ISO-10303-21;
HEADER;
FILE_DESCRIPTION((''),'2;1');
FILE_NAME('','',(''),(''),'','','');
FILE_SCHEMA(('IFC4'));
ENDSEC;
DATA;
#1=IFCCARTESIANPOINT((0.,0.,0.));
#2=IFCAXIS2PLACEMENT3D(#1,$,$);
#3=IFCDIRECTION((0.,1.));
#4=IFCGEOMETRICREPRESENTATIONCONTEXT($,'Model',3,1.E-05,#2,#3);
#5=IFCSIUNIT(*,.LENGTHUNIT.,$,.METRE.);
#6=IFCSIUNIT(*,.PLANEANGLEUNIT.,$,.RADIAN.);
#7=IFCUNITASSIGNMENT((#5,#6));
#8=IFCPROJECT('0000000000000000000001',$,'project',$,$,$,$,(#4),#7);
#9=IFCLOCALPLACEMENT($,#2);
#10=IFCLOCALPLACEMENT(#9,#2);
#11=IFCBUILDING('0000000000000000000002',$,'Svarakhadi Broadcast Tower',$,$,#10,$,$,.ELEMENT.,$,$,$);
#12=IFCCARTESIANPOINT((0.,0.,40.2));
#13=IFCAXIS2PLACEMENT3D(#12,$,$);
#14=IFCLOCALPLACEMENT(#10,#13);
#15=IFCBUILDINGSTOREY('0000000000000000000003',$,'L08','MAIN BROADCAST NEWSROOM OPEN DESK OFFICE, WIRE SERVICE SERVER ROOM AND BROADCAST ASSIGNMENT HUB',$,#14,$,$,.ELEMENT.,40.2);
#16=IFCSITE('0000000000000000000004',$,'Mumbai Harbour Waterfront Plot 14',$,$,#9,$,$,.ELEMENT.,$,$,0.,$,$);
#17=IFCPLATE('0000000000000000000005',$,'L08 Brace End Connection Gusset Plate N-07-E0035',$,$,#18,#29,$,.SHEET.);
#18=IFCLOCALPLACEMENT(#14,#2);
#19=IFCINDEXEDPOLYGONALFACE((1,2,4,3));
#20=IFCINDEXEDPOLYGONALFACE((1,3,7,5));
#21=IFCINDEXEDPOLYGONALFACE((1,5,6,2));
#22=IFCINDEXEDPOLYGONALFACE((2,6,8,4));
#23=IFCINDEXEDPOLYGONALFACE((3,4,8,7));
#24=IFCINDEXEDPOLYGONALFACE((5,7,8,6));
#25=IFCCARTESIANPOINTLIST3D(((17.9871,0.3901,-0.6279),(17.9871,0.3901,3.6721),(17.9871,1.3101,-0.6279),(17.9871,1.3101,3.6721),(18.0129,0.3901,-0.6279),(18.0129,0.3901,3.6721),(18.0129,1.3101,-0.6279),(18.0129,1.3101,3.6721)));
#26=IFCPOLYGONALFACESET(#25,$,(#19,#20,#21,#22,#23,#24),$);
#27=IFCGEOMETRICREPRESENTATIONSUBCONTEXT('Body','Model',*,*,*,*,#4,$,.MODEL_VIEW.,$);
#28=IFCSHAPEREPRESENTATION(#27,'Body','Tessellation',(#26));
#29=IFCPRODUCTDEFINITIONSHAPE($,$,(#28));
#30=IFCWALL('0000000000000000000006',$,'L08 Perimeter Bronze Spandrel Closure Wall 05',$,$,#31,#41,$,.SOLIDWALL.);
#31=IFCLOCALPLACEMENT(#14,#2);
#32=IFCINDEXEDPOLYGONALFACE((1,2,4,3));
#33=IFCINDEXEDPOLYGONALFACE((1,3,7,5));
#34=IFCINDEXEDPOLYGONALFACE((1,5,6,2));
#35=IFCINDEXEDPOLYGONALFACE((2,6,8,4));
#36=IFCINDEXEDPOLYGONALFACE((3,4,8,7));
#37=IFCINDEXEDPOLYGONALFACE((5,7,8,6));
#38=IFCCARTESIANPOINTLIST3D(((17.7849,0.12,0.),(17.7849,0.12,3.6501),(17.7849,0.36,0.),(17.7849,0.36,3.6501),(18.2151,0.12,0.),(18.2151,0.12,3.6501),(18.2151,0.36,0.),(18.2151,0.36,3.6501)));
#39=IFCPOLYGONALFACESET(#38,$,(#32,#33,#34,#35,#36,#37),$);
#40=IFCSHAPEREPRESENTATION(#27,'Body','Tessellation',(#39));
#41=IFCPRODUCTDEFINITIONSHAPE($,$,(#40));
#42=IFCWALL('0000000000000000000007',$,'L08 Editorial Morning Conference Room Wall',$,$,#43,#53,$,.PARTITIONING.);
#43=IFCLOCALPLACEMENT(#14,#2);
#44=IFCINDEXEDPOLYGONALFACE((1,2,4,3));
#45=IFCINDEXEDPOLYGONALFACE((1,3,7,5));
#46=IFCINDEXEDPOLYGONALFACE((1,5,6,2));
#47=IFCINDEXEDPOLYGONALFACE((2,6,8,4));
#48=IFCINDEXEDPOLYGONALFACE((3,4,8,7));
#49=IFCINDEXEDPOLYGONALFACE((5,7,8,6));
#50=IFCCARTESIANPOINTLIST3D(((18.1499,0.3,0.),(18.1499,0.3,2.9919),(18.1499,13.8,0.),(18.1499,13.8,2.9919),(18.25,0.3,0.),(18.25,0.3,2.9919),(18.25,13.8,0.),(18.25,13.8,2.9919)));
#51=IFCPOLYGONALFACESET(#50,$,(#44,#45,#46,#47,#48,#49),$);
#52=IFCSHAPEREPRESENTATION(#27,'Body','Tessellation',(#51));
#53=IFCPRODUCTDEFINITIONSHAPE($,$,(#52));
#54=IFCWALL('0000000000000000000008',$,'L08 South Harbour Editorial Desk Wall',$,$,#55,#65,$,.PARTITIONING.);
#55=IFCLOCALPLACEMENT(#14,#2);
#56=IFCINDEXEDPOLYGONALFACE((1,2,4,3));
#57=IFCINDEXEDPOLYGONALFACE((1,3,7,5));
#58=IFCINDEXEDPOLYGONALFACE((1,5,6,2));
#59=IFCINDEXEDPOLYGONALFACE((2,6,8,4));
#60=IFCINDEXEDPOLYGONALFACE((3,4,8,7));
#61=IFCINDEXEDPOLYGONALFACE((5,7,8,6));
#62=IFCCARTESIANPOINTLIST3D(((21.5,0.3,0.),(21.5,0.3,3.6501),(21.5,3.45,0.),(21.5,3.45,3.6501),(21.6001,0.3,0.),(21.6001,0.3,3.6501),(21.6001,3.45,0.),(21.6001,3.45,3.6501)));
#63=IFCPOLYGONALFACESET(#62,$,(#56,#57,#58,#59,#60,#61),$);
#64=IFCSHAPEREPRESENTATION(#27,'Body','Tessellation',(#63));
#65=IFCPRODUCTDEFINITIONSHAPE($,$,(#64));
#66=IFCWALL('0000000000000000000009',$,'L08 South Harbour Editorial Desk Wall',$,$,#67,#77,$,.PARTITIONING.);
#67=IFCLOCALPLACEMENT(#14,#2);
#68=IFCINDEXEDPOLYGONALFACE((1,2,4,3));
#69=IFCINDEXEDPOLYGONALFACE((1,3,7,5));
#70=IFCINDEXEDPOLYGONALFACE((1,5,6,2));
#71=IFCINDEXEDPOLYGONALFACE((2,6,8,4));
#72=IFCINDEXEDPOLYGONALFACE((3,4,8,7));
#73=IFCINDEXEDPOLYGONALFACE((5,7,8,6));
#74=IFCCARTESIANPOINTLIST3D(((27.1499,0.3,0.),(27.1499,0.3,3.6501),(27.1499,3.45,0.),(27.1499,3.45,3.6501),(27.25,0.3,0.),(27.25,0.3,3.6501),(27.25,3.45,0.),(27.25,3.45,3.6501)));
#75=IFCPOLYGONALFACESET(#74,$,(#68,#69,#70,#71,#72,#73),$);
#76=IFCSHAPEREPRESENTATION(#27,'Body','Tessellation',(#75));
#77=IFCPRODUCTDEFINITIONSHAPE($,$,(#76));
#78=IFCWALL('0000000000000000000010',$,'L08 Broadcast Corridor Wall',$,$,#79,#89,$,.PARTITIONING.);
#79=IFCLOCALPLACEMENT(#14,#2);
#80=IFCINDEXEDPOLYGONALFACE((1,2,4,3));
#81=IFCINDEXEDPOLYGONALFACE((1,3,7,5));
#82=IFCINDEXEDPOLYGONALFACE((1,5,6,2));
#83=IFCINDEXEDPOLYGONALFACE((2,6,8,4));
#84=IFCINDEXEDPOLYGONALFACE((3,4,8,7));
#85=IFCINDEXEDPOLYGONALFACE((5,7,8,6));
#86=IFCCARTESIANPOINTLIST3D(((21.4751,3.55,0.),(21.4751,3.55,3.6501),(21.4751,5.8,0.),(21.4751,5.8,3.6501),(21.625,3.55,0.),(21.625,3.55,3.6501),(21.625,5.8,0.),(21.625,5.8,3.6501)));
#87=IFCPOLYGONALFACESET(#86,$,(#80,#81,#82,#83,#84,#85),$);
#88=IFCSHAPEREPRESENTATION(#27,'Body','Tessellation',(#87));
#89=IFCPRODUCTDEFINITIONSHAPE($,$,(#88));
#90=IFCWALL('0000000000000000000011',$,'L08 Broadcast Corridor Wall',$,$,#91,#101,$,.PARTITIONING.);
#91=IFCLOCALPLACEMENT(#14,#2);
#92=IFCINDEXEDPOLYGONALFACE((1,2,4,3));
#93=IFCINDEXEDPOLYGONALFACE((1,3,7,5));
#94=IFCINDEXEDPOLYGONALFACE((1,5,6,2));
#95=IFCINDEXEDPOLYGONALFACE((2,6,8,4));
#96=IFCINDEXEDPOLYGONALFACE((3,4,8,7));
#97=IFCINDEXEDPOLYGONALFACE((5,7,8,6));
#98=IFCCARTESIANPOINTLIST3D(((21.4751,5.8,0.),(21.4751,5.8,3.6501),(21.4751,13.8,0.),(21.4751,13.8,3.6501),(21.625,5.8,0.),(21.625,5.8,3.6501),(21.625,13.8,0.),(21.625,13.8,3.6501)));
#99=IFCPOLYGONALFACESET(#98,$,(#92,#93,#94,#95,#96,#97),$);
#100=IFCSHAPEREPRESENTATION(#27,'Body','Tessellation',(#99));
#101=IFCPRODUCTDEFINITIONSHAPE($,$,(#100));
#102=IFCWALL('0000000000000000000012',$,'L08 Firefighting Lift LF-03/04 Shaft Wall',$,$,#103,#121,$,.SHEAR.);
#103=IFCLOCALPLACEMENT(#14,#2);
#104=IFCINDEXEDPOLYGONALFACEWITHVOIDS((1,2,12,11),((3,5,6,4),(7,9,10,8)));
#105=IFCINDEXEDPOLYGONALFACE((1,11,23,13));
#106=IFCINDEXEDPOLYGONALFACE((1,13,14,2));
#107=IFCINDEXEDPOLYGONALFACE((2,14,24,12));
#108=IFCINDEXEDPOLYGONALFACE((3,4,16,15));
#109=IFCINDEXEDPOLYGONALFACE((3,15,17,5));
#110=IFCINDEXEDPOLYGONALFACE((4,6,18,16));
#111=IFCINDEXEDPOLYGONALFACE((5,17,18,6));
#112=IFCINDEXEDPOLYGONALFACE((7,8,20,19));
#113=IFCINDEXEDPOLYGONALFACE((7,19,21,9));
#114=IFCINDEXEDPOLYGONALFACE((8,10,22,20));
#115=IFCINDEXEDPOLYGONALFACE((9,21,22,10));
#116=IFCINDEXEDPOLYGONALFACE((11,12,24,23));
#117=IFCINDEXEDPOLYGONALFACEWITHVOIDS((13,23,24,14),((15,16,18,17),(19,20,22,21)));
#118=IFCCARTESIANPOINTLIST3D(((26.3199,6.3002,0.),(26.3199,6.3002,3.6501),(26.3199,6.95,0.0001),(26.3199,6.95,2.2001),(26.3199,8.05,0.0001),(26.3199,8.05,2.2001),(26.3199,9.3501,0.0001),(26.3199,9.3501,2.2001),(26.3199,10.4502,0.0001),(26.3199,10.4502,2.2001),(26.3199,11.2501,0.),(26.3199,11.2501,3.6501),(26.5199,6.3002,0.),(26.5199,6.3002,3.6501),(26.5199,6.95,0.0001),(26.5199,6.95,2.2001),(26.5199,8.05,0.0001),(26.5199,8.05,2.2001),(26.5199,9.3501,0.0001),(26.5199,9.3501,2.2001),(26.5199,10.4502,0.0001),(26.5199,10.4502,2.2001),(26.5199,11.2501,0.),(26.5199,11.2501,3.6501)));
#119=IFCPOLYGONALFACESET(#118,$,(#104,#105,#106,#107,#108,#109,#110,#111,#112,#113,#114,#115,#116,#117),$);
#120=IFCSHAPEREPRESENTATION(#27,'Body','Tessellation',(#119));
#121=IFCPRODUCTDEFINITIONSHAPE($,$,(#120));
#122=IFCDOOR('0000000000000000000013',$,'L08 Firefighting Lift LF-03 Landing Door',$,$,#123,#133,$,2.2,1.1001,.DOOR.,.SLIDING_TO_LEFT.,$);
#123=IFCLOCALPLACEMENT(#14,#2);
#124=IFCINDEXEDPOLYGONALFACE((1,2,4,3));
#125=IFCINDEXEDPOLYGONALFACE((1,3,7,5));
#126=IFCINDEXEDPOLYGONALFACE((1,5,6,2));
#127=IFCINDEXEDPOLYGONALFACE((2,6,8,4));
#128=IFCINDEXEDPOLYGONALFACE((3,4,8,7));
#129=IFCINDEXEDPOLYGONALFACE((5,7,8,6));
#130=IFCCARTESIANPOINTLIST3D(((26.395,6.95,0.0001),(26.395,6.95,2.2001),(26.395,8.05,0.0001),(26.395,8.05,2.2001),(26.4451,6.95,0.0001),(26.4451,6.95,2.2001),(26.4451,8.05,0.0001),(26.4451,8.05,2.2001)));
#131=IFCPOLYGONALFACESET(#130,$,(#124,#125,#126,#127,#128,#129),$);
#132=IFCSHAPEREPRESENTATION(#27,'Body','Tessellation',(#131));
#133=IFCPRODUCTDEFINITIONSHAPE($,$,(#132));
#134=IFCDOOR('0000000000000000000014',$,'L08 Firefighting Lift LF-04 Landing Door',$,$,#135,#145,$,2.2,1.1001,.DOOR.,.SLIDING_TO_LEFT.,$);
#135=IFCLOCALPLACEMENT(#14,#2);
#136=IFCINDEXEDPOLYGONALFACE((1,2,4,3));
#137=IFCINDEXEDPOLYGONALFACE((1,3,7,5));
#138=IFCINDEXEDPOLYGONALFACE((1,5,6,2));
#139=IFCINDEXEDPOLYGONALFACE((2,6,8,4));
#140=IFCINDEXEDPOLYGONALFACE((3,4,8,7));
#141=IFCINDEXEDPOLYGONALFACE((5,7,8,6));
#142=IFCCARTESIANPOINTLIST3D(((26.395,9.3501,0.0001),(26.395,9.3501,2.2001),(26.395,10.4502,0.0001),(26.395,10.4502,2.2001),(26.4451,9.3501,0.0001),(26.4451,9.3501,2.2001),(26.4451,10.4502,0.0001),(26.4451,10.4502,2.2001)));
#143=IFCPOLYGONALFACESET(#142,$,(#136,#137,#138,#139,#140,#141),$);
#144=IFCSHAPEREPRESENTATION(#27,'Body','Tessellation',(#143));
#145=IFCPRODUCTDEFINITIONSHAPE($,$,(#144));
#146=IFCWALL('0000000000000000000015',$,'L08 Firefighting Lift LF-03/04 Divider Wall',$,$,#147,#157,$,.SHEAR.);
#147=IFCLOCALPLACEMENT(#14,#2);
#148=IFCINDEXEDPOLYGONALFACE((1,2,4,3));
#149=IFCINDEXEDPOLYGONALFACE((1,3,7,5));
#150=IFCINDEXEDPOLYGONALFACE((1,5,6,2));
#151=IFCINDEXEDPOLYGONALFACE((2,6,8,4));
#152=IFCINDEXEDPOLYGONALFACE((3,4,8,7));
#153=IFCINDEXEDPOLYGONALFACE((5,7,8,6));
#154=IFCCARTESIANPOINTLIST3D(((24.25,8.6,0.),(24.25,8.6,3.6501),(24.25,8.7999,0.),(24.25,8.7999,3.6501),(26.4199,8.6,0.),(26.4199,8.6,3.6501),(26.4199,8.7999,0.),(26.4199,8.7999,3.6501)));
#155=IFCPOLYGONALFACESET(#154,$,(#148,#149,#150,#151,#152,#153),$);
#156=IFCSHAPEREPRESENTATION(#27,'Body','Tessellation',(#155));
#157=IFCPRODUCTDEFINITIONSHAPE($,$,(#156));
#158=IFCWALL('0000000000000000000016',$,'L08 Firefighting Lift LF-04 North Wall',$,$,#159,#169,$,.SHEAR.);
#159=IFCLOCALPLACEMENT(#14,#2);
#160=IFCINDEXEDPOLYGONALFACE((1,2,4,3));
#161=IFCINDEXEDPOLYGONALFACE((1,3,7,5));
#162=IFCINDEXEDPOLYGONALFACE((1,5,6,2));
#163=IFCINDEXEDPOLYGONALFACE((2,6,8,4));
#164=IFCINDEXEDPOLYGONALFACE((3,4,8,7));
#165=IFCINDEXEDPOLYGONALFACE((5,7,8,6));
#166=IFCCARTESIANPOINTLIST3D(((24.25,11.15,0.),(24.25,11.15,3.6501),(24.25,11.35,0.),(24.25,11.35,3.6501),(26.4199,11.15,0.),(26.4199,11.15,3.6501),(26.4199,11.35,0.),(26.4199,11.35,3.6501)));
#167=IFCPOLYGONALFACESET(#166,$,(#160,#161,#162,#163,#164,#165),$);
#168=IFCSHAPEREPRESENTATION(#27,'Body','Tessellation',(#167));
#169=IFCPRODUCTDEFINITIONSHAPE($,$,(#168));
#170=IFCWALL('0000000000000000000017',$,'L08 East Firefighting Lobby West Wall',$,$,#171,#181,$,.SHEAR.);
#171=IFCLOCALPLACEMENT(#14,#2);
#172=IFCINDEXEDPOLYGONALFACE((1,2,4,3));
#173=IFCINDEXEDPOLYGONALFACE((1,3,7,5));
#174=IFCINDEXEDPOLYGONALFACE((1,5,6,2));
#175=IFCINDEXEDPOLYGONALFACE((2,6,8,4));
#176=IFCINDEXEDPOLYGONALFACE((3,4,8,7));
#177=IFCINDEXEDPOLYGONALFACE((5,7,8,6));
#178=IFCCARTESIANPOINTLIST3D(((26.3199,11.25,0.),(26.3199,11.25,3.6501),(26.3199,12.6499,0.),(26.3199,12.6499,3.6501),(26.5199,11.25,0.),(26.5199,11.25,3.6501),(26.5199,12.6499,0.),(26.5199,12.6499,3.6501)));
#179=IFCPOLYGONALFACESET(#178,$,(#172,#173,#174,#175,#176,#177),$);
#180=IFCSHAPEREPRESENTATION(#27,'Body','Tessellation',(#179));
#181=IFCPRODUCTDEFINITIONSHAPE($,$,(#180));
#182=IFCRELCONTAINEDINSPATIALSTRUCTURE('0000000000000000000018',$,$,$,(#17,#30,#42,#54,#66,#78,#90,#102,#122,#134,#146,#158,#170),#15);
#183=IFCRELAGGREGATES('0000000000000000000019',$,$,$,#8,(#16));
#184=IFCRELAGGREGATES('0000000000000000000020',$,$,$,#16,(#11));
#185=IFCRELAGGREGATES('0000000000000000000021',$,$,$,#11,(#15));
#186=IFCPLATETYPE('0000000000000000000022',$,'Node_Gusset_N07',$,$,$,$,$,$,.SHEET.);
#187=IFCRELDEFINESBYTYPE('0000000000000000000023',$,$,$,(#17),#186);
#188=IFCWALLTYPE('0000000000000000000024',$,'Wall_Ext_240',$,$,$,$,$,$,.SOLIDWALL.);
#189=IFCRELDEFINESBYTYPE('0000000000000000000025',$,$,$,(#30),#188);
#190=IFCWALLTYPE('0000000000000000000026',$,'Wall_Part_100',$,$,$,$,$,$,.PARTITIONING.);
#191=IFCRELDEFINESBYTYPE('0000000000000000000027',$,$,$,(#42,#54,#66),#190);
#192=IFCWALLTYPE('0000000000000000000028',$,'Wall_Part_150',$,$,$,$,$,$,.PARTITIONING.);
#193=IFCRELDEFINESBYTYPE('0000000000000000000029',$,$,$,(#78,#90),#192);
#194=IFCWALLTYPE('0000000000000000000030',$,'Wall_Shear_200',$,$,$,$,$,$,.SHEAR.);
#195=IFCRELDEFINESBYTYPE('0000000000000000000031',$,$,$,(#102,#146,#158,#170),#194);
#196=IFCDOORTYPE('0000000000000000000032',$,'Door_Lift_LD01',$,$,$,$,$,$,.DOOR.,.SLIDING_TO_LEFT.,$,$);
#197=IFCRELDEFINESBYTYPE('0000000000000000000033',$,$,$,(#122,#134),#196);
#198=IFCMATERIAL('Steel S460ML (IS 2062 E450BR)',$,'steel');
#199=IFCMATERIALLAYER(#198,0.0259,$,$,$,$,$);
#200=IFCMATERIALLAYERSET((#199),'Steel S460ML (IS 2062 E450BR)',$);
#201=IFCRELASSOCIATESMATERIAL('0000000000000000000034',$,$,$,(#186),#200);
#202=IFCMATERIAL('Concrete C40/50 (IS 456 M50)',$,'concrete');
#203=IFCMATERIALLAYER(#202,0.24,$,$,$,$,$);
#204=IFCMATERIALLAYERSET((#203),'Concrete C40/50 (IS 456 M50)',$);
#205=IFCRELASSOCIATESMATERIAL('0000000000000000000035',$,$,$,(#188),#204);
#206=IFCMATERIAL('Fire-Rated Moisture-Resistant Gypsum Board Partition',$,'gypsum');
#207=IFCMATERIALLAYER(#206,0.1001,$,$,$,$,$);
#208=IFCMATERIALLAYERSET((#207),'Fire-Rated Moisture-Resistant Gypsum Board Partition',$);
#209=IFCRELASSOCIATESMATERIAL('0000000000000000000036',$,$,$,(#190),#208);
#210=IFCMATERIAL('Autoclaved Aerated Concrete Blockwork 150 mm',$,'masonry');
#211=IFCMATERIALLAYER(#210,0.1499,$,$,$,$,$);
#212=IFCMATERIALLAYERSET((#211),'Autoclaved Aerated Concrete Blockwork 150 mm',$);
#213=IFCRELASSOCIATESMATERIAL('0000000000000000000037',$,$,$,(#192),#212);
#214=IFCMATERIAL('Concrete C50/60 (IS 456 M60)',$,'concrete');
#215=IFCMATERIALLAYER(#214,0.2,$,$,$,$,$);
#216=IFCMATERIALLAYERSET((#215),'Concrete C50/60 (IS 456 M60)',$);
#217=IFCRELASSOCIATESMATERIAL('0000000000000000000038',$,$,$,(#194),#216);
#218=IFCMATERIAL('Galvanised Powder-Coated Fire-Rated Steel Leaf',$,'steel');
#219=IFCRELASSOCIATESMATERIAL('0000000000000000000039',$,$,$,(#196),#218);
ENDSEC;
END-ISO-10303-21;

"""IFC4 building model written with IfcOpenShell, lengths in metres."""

from ifc_helpers import new_model, si_unit, direction, frame, frame_2d, origin, origin_2d, place, context, subcontext, project, spatial, rectangle, extrude, material, layer, layer_set, type_object, element, fill, save


model = new_model("IFC4")

# Units and contexts
model_context = context("Model", 3, precision=1e-05, world=origin(), true_north=direction((0.0, 1.0)))
body_context = subcontext(model_context, "Body", "Model", "MODEL_VIEW")
ifc_project = project(units=[si_unit("LENGTHUNIT", "METRE"), si_unit("PLANEANGLEUNIT", "RADIAN")], contexts=[model_context])

# Site, building, storey
site_placement = place(None, origin())
site = spatial("IfcSite", under=ifc_project, at=site_placement, Name="Mumbai Harbour Waterfront Plot 14", CompositionType="ELEMENT", RefElevation=0.0)
building_placement = place(site_placement, origin())
building = spatial("IfcBuilding", under=site, at=building_placement, Name="Svarakhadi Broadcast Tower", CompositionType="ELEMENT")
storey_placement = place(building_placement, frame((0.0, 0.0, 40.2)))
storey = spatial("IfcBuildingStorey", under=building, at=storey_placement, Name="L08", Description="MAIN BROADCAST NEWSROOM OPEN DESK OFFICE, WIRE SERVICE SERVER ROOM AND BROADCAST ASSIGNMENT HUB", CompositionType="ELEMENT", Elevation=40.2)

# Shared definitions
ifc_material_1 = material(Name="Steel S460ML (IS 2062 E450BR)", Category="steel")

# Plate
ifc_layer_1 = layer(ifc_material_1, 0.0259)
ifc_layer_set_1 = layer_set([ifc_layer_1], Name="Steel S460ML (IS 2062 E450BR)")
plate_type_1 = type_object("IfcPlateType", Name="Node_Gusset_N07", PredefinedType="SHEET", material=ifc_layer_set_1)
plate_1_placement = place(storey_placement, frame((18.0, 0.8501, -0.6279), z_axis=(0.0, 0.0, 1.0), x_axis=(0.0, 1.0, 0.0)))
element("IfcPlate", 1, at=plate_1_placement, inside=storey, type_object=plate_type_1, Name="L08 Brace End Connection Gusset Plate N-07-E0035", PredefinedType="SHEET", context=body_context, shape_type="SweptSolid", body=[
    extrude(rectangle(XDim=0.9199, YDim=0.0259, at=origin_2d()), origin(), (0.0, 0.0, 1.0), 4.3),
])

# Walls
ifc_material_2 = material(Name="Concrete C40/50 (IS 456 M50)", Category="concrete")
ifc_layer_2 = layer(ifc_material_2, 0.24)
ifc_layer_set_2 = layer_set([ifc_layer_2], Name="Concrete C40/50 (IS 456 M50)")
wall_type_1 = type_object("IfcWallType", Name="Wall_Ext_240", PredefinedType="SOLIDWALL", material=ifc_layer_set_2)
wall_1_placement = place(storey_placement, frame((18.2151, 0.24, 0.0), z_axis=(0.0, 0.0, 1.0), x_axis=(-1.0, 0.0, 0.0)))
element("IfcWall", 2, at=wall_1_placement, inside=storey, type_object=wall_type_1, Name="L08 Perimeter Bronze Spandrel Closure Wall 05", PredefinedType="SOLIDWALL", context=body_context, shape_type="SweptSolid", body=[
    extrude(rectangle(XDim=0.4302, YDim=0.24, at=frame_2d((0.2151, 0.0))), origin(), (0.0, 0.0, 1.0), 3.6501),
])
ifc_material_3 = material(Name="Fire-Rated Moisture-Resistant Gypsum Board Partition", Category="gypsum")
ifc_layer_3 = layer(ifc_material_3, 0.1001)
ifc_layer_set_3 = layer_set([ifc_layer_3], Name="Fire-Rated Moisture-Resistant Gypsum Board Partition")
wall_type_2 = type_object("IfcWallType", Name="Wall_Part_100", PredefinedType="PARTITIONING", material=ifc_layer_set_3)
wall_2_placement = place(storey_placement, frame((18.2, 0.3, 0.0), z_axis=(0.0, 0.0, 1.0), x_axis=(0.0, 1.0, 0.0)))
element("IfcWall", 3, at=wall_2_placement, inside=storey, type_object=wall_type_2, Name="L08 Editorial Morning Conference Room Wall", PredefinedType="PARTITIONING", context=body_context, shape_type="SweptSolid", body=[
    extrude(rectangle(XDim=13.5, YDim=0.1001, at=frame_2d((6.75, 0.0))), origin(), (0.0, 0.0, 1.0), 2.9919),
])
for number, where, z_axis, x_axis, name in (
    (4, (21.55, 0.3, 0.0), (0.0, 0.0, 1.0), (0.0, 1.0, 0.0), "L08 South Harbour Editorial Desk Wall"),
    (5, (27.2, 0.3, 0.0), (0.0, 0.0, 1.0), (0.0, 1.0, 0.0), "L08 South Harbour Editorial Desk Wall"),
):
    element("IfcWall", number, at=place(storey_placement, frame(where, z_axis=z_axis, x_axis=x_axis)), inside=storey, type_object=wall_type_2, Name=name, PredefinedType="PARTITIONING", context=body_context, shape_type="SweptSolid", body=[
        extrude(rectangle(XDim=3.1499, YDim=0.1001, at=frame_2d((1.575, 0.0))), origin(), (0.0, 0.0, 1.0), 3.6501),
    ])
ifc_material_4 = material(Name="Autoclaved Aerated Concrete Blockwork 150 mm", Category="masonry")
ifc_layer_4 = layer(ifc_material_4, 0.1499)
ifc_layer_set_4 = layer_set([ifc_layer_4], Name="Autoclaved Aerated Concrete Blockwork 150 mm")
wall_type_3 = type_object("IfcWallType", Name="Wall_Part_150", PredefinedType="PARTITIONING", material=ifc_layer_set_4)
wall_3_placement = place(storey_placement, frame((21.55, 3.55, 0.0), z_axis=(0.0, 0.0, 1.0), x_axis=(0.0, 1.0, 0.0)))
element("IfcWall", 6, at=wall_3_placement, inside=storey, type_object=wall_type_3, Name="L08 Broadcast Corridor Wall", PredefinedType="PARTITIONING", context=body_context, shape_type="SweptSolid", body=[
    extrude(rectangle(XDim=2.25, YDim=0.1499, at=frame_2d((1.125, 0.0))), origin(), (0.0, 0.0, 1.0), 3.6501),
])
wall_4_placement = place(storey_placement, frame((21.55, 5.8, 0.0), z_axis=(0.0, 0.0, 1.0), x_axis=(0.0, 1.0, 0.0)))
element("IfcWall", 7, at=wall_4_placement, inside=storey, type_object=wall_type_3, Name="L08 Broadcast Corridor Wall", PredefinedType="PARTITIONING", context=body_context, shape_type="SweptSolid", body=[
    extrude(rectangle(XDim=8.0, YDim=0.1499, at=frame_2d((4.0, 0.0))), origin(), (0.0, 0.0, 1.0), 3.6501),
])

# Wall, openings, doors
ifc_material_5 = material(Name="Concrete C50/60 (IS 456 M60)", Category="concrete")
ifc_layer_5 = layer(ifc_material_5, 0.2)
ifc_layer_set_5 = layer_set([ifc_layer_5], Name="Concrete C50/60 (IS 456 M60)")
wall_type_4 = type_object("IfcWallType", Name="Wall_Shear_200", PredefinedType="SHEAR", material=ifc_layer_set_5)
wall_5_placement = place(storey_placement, frame((26.4199, 6.3, 0.0), z_axis=(0.0, 0.0, 1.0), x_axis=(0.0, 1.0, 0.0)))
wall_5 = element("IfcWall", 8, at=wall_5_placement, inside=storey, type_object=wall_type_4, Name="L08 Firefighting Lift LF-03/04 Shaft Wall", PredefinedType="SHEAR", context=body_context, shape_type="SweptSolid", body=[
    extrude(rectangle(XDim=4.95, YDim=0.2, at=frame_2d((2.4751, 0.0))), origin(), (0.0, 0.0, 1.0), 3.6501),
])
opening_1_placement = place(wall_5_placement, frame((0.6499, 0.0, 0.0)))
opening_1 = element("IfcOpeningElement", 9, at=opening_1_placement, cuts=wall_5, PredefinedType="OPENING", context=body_context, shape_type="SweptSolid", body=[
    extrude(rectangle(XDim=1.1001, YDim=2.2, at=frame_2d((0.55, 1.1001))), frame((0.0, 0.1099, 0.0), z_axis=(0.0, -1.0, 0.0), x_axis=(1.0, 0.0, 0.0)), (0.0, 0.0, 1.0), 0.22),
])
opening_2_placement = place(wall_5_placement, frame((3.05, 0.0, 0.0)))
opening_2 = element("IfcOpeningElement", 10, at=opening_2_placement, cuts=wall_5, PredefinedType="OPENING", context=body_context, shape_type="SweptSolid", body=[
    extrude(rectangle(XDim=1.1001, YDim=2.2, at=frame_2d((0.55, 1.1001))), frame((0.0, 0.1099, 0.0), z_axis=(0.0, -1.0, 0.0), x_axis=(1.0, 0.0, 0.0)), (0.0, 0.0, 1.0), 0.22),
])
ifc_material_6 = material(Name="Galvanised Powder-Coated Fire-Rated Steel Leaf", Category="steel")
door_type_1 = type_object("IfcDoorType", Name="Door_Lift_LD01", OperationType="SLIDING_TO_LEFT", PredefinedType="DOOR", material=ifc_material_6)
door_1_placement = place(opening_1_placement, origin())
door_1 = element("IfcDoor", 11, at=door_1_placement, inside=storey, type_object=door_type_1, Name="L08 Firefighting Lift LF-03 Landing Door", OperationType="SLIDING_TO_LEFT", OverallHeight=2.2, OverallWidth=1.1001, PredefinedType="DOOR", context=body_context, shape_type="SweptSolid", body=[
    extrude(rectangle(XDim=1.1001, YDim=2.2, at=frame_2d((0.55, 1.1001))), frame((0.0, 0.0249, 0.0), z_axis=(0.0, -1.0, 0.0), x_axis=(1.0, 0.0, 0.0)), (0.0, 0.0, 1.0), 0.05),
])
fill(opening_1, door_1)
door_2_placement = place(opening_2_placement, origin())
door_2 = element("IfcDoor", 12, at=door_2_placement, inside=storey, type_object=door_type_1, Name="L08 Firefighting Lift LF-04 Landing Door", OperationType="SLIDING_TO_LEFT", OverallHeight=2.2, OverallWidth=1.1001, PredefinedType="DOOR", context=body_context, shape_type="SweptSolid", body=[
    extrude(rectangle(XDim=1.1001, YDim=2.2, at=frame_2d((0.55, 1.1001))), frame((0.0, 0.0249, 0.0), z_axis=(0.0, -1.0, 0.0), x_axis=(1.0, 0.0, 0.0)), (0.0, 0.0, 1.0), 0.05),
])
fill(opening_2, door_2)

# Walls
for number, where, z_axis, x_axis, name in (
    (13, (24.25, 8.7, 0.0), (0.0, 0.0, 1.0), (1.0, 0.0, 0.0), "L08 Firefighting Lift LF-03/04 Divider Wall"),
    (14, (24.25, 11.25, 0.0), (0.0, 0.0, 1.0), (1.0, 0.0, 0.0), "L08 Firefighting Lift LF-04 North Wall"),
):
    element("IfcWall", number, at=place(storey_placement, frame(where, z_axis=z_axis, x_axis=x_axis)), inside=storey, type_object=wall_type_4, Name=name, PredefinedType="SHEAR", context=body_context, shape_type="SweptSolid", body=[
        extrude(rectangle(XDim=2.1699, YDim=0.2, at=frame_2d((1.085, 0.0))), origin(), (0.0, 0.0, 1.0), 3.6501),
    ])
wall_6_placement = place(storey_placement, frame((26.4199, 11.25, 0.0), z_axis=(0.0, 0.0, 1.0), x_axis=(0.0, 1.0, 0.0)))
element("IfcWall", 15, at=wall_6_placement, inside=storey, type_object=wall_type_4, Name="L08 East Firefighting Lobby West Wall", PredefinedType="SHEAR", context=body_context, shape_type="SweptSolid", body=[
    extrude(rectangle(XDim=1.3999, YDim=0.2, at=frame_2d((0.7, 0.0))), origin(), (0.0, 0.0, 1.0), 3.6501),
])

save(model, "model.ifc")
